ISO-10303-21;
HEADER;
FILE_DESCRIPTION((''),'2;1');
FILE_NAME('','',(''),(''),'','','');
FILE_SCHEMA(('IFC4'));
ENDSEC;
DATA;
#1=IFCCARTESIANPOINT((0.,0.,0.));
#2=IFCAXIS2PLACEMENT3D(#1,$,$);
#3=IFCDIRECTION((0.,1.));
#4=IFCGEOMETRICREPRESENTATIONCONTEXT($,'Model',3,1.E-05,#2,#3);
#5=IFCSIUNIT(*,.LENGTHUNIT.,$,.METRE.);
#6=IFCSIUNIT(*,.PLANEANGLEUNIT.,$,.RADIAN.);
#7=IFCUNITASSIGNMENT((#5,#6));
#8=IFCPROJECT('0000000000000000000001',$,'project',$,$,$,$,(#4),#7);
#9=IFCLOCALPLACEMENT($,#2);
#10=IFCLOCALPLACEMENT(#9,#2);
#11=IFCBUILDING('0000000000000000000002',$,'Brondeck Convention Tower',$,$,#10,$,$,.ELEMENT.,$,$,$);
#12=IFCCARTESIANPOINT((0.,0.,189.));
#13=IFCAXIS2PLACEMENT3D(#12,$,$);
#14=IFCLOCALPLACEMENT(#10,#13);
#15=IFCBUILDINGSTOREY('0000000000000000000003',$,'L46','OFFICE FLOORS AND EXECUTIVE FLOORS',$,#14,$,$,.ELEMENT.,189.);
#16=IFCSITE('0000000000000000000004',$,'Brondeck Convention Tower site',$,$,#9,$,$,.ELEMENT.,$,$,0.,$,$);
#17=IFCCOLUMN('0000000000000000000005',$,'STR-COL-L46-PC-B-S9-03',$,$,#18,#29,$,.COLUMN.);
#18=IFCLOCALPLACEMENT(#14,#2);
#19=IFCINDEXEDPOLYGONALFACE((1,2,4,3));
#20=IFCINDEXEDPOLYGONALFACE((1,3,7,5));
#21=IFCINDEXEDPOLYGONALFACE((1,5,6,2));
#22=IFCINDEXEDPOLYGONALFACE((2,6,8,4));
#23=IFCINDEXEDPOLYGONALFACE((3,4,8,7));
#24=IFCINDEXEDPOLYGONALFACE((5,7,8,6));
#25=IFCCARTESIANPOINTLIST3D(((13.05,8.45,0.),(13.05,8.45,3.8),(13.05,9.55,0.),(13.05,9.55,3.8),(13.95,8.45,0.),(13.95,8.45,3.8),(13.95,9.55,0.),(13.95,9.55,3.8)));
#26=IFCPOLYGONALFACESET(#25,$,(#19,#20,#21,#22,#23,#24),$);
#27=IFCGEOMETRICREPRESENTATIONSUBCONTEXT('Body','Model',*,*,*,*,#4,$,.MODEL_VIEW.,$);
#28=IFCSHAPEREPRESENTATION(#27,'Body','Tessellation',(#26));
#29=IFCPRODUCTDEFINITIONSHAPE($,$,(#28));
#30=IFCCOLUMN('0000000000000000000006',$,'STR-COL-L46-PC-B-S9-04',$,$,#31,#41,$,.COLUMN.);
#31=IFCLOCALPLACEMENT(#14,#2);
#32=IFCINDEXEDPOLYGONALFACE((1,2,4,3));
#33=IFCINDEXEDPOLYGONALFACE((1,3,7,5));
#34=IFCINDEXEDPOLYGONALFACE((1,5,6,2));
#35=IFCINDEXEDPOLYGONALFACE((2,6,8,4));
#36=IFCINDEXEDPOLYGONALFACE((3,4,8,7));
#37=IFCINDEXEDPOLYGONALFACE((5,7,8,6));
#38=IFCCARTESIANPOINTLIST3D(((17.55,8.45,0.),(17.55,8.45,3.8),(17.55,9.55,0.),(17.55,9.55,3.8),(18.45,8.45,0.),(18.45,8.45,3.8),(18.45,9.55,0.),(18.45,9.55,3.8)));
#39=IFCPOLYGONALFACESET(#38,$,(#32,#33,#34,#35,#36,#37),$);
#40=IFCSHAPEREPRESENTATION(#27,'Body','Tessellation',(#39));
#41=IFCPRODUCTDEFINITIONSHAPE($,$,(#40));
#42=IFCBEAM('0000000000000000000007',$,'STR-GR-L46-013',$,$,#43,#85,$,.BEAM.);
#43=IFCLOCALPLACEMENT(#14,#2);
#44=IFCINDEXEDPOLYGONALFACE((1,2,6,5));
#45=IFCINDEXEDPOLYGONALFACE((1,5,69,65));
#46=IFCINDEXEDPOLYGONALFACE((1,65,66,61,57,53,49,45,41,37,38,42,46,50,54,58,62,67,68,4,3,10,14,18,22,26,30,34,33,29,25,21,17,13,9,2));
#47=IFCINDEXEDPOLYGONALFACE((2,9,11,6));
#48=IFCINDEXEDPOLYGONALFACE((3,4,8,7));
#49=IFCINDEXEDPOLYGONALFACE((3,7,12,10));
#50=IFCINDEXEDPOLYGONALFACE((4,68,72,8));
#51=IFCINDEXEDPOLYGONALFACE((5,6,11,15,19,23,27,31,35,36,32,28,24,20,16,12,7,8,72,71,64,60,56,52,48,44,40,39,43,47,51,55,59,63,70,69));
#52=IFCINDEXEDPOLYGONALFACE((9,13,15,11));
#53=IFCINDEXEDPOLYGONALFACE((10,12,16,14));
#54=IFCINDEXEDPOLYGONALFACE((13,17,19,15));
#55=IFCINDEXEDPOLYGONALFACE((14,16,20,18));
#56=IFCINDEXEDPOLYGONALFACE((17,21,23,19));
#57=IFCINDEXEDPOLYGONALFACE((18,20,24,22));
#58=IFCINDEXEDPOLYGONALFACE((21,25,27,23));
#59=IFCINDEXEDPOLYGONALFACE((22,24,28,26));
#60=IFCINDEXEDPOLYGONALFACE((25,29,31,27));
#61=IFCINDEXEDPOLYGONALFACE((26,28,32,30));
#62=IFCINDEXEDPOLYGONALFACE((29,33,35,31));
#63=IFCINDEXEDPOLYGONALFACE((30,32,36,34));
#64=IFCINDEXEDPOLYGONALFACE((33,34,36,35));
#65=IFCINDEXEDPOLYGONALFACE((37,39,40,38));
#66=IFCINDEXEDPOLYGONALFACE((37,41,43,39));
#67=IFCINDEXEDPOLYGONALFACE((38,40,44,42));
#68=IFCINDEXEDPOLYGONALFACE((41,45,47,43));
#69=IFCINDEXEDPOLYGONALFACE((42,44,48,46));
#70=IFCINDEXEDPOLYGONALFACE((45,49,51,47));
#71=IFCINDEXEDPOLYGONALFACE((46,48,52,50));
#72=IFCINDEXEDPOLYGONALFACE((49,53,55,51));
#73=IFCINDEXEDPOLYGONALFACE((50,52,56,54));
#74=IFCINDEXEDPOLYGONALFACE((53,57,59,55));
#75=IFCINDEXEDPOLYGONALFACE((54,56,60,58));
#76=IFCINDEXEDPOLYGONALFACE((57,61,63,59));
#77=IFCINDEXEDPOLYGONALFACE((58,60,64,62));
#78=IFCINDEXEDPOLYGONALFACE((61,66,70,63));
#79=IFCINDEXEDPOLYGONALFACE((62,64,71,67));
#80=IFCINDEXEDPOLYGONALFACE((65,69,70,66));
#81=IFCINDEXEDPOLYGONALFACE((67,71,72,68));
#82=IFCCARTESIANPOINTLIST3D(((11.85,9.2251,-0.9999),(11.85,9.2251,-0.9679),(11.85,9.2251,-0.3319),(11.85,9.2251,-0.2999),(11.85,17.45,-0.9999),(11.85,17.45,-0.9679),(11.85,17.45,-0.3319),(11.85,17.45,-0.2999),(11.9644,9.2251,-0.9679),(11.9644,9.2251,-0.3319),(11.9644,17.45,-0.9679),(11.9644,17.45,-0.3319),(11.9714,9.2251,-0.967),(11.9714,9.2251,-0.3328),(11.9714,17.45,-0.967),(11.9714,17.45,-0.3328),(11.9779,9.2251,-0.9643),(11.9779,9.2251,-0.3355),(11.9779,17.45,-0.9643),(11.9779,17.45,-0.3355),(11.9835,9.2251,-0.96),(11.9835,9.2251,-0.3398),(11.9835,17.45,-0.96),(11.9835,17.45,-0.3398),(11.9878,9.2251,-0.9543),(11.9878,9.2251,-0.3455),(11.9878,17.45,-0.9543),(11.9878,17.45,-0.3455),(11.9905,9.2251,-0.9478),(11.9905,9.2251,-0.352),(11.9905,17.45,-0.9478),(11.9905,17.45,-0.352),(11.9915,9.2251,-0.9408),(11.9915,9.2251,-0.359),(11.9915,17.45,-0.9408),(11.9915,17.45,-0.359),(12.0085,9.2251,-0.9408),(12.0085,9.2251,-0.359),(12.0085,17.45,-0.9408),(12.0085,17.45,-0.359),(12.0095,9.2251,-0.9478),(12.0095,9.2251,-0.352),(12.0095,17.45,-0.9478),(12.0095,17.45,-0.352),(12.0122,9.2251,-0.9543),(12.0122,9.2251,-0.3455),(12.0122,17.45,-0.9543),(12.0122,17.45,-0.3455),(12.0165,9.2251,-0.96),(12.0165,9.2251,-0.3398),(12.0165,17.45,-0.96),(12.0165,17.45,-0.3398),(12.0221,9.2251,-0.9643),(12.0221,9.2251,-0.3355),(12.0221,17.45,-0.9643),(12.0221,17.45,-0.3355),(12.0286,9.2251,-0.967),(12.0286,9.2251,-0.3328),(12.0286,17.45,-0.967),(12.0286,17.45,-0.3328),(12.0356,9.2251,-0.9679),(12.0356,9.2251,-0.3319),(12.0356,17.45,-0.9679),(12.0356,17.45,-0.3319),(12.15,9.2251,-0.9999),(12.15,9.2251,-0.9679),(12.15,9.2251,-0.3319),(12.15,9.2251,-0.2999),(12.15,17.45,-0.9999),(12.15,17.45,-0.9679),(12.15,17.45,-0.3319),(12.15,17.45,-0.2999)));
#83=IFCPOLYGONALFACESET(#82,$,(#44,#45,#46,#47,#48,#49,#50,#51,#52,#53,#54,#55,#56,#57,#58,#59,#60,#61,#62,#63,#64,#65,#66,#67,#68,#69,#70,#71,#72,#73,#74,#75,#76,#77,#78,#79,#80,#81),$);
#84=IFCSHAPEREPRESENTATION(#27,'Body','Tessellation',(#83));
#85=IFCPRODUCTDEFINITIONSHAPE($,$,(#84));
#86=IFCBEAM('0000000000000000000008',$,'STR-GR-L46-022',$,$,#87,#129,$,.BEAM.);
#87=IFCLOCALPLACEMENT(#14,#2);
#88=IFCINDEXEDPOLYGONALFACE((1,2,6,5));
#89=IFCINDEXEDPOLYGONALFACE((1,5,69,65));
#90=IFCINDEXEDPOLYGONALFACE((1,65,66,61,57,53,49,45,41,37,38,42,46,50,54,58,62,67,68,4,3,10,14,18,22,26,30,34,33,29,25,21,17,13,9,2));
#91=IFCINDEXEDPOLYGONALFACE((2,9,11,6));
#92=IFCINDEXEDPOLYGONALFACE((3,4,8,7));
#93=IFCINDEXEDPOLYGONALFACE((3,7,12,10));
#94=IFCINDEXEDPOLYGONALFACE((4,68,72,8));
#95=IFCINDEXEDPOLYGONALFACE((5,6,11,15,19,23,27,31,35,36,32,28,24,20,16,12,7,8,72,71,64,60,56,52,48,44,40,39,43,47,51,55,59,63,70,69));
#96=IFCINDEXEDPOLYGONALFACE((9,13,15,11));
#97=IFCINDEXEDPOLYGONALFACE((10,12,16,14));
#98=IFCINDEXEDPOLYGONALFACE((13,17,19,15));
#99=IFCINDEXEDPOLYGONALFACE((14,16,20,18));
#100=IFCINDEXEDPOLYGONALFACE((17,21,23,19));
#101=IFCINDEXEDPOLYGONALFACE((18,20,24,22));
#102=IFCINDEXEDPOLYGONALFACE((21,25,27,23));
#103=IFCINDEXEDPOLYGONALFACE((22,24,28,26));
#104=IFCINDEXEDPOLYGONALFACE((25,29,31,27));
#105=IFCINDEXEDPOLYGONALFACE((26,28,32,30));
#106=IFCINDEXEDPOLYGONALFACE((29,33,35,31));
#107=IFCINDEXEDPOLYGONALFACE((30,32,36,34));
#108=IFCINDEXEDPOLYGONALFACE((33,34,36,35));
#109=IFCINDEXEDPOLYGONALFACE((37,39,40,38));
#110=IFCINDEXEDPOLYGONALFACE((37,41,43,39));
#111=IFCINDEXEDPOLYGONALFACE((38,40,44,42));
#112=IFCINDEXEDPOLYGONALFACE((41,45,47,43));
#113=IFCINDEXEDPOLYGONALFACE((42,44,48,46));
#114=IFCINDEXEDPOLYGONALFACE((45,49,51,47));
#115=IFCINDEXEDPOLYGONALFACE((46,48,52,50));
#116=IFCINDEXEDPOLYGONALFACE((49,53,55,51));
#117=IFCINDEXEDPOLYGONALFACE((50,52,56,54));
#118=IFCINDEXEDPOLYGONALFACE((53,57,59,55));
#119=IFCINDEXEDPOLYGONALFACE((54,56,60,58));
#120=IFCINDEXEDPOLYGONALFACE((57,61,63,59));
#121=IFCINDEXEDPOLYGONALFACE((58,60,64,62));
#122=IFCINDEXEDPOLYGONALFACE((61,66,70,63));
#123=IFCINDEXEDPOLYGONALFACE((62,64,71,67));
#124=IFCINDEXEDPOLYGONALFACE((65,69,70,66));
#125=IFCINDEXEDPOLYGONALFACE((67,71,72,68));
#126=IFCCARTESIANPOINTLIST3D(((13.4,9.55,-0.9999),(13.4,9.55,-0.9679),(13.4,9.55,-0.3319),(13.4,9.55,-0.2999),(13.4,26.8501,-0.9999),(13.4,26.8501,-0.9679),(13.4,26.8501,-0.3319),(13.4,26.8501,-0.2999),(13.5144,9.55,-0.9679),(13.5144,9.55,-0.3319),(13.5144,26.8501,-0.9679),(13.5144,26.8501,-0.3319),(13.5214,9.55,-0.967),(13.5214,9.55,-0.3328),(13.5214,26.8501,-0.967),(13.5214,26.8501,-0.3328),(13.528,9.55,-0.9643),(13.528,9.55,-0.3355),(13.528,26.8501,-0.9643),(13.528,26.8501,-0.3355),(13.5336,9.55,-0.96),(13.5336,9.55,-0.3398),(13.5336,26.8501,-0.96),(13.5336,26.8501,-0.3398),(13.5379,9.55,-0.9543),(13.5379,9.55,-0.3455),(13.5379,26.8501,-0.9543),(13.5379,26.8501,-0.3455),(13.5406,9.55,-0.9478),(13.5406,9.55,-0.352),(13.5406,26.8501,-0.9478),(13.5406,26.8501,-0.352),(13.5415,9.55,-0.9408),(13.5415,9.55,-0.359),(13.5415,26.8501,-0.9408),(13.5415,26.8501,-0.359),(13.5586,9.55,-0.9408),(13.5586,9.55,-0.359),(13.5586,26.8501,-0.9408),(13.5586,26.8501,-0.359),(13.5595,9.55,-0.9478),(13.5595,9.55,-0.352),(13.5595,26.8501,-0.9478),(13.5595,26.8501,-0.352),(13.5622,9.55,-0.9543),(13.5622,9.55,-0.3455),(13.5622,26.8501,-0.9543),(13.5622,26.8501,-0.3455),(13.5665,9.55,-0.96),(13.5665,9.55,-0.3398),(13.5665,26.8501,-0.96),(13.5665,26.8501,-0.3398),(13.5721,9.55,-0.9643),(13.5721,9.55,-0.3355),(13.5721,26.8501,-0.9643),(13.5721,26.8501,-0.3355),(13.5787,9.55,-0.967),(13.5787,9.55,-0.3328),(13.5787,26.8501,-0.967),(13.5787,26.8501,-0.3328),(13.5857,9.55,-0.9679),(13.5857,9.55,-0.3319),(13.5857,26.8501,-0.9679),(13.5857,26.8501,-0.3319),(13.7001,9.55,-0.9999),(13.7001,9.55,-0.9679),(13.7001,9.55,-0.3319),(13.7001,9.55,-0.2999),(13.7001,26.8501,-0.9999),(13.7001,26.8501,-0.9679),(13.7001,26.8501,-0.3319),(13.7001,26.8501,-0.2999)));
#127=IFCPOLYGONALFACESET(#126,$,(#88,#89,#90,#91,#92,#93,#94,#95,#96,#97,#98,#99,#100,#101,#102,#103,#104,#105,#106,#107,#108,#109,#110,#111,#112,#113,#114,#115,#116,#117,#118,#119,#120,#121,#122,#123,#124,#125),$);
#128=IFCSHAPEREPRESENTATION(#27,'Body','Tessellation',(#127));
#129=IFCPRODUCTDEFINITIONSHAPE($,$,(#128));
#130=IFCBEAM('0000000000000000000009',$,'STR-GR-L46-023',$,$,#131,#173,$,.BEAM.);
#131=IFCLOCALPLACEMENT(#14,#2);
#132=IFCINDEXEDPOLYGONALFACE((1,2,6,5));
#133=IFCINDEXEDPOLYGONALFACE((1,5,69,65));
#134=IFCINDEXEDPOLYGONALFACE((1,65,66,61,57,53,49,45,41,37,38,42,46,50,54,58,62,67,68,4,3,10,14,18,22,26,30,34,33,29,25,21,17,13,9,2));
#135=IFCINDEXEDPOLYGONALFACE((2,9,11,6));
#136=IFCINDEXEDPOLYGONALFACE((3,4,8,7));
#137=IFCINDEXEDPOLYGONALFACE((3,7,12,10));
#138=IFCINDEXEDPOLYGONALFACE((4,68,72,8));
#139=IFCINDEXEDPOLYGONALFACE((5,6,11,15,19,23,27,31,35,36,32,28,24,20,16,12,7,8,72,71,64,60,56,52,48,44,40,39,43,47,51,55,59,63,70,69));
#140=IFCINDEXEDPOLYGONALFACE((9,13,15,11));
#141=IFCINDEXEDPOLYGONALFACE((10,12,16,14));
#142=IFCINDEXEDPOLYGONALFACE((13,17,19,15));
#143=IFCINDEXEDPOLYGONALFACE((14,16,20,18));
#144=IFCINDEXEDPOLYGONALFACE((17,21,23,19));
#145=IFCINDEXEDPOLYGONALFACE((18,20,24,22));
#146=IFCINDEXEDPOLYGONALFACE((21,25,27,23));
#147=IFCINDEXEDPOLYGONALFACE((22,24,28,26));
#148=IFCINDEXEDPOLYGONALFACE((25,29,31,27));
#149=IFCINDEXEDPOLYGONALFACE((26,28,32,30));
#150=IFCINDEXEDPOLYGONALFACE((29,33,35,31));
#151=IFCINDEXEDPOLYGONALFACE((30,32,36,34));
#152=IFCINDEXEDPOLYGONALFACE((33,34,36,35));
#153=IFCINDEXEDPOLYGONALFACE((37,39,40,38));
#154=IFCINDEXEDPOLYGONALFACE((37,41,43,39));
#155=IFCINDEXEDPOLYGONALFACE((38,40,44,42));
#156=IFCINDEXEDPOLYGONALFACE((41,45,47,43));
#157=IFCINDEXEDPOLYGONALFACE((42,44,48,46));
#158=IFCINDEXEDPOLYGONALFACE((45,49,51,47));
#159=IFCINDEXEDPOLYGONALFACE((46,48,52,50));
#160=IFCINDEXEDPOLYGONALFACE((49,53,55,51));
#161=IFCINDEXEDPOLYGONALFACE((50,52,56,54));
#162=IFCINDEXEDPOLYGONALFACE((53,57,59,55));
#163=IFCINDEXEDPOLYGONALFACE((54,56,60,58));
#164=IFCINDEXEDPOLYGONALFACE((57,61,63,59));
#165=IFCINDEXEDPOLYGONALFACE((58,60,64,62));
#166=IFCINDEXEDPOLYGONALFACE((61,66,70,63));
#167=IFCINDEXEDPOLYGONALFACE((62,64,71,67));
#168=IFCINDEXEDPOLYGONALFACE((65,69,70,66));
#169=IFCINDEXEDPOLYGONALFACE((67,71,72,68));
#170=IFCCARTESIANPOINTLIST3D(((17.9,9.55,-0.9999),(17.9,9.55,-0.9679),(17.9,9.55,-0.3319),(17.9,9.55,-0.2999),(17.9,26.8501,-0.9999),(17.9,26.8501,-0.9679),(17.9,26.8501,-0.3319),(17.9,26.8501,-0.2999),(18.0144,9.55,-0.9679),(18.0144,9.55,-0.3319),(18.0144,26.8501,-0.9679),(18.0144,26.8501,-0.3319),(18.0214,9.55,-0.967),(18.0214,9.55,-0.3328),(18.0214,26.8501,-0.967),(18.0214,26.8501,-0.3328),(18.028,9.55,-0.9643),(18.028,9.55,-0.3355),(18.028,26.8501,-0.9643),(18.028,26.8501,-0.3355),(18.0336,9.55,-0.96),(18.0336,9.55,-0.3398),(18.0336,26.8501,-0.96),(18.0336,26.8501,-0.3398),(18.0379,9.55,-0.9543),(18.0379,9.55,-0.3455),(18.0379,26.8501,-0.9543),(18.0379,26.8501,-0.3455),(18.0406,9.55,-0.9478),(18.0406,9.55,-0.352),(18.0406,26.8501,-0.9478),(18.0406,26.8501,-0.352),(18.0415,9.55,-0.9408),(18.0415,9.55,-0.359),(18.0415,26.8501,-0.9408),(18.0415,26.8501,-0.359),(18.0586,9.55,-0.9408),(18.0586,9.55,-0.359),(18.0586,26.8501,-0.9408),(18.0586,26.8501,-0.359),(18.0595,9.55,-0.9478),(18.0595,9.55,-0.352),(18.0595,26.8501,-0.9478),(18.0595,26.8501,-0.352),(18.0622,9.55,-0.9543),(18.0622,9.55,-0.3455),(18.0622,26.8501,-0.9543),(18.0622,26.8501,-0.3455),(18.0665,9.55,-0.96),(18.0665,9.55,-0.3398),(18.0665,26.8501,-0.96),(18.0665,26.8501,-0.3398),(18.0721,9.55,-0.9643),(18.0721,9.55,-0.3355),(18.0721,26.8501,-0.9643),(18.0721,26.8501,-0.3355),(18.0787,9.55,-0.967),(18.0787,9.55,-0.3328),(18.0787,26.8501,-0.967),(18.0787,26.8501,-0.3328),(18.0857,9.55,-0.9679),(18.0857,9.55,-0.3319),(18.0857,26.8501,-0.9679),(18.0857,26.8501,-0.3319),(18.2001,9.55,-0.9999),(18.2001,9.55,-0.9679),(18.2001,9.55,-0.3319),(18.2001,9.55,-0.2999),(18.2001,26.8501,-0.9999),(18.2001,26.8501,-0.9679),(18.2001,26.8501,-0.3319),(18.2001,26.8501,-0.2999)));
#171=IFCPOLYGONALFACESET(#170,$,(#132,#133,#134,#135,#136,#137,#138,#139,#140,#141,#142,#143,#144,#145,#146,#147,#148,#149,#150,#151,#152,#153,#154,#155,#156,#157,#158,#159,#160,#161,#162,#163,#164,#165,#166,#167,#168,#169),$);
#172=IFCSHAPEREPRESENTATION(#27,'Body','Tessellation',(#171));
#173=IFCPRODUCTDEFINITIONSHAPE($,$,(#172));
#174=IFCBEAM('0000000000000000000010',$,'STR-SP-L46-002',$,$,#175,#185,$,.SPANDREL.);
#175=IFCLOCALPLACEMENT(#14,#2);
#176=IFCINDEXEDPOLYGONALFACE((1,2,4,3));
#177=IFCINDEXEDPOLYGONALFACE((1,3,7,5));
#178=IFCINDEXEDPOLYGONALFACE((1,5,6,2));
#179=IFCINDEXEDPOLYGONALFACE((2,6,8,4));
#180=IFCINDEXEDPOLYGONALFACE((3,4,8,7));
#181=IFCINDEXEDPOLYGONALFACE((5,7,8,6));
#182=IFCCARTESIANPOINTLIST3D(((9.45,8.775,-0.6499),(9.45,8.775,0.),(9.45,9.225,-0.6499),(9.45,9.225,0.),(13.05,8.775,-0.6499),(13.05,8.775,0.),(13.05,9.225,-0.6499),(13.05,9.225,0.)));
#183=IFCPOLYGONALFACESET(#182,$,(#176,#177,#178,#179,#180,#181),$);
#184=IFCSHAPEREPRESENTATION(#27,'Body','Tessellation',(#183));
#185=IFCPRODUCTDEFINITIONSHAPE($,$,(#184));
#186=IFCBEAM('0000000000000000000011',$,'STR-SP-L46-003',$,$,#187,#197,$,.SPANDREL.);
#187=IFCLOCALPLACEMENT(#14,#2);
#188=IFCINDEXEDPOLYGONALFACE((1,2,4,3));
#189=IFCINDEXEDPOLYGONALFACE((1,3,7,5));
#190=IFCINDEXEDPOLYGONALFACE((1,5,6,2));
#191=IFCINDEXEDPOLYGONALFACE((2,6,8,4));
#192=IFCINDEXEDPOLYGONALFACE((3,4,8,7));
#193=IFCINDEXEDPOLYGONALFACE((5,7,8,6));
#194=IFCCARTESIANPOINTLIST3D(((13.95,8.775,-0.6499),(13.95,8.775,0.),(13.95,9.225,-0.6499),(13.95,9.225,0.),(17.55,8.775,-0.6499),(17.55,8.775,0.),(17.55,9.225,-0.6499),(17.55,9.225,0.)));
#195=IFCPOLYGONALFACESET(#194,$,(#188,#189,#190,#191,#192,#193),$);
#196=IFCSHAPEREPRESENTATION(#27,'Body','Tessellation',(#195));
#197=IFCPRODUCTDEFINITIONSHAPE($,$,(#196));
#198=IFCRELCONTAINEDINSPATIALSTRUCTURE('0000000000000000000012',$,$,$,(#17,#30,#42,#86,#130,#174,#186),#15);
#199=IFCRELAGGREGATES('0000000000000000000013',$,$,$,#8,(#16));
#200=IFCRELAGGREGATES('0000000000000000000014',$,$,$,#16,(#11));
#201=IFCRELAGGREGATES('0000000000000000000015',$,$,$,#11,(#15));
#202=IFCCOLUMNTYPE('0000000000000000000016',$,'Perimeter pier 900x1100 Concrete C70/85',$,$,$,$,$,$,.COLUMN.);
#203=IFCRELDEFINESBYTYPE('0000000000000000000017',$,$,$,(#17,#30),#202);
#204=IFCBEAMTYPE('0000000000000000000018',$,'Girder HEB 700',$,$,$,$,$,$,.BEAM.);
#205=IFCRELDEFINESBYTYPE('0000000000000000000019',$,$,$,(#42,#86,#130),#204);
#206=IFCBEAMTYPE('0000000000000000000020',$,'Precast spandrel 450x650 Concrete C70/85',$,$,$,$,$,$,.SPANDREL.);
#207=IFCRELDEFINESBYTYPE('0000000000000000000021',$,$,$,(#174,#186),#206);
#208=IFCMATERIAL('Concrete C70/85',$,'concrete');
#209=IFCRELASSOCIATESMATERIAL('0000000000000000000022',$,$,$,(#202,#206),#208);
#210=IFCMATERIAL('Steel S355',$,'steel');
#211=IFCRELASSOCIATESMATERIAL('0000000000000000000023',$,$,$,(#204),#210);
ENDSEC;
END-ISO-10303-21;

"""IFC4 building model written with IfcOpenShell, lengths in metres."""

from ifc_helpers import new_model, si_unit, direction, frame, origin, origin_2d, place, context, subcontext, project, spatial, rectangle, i_section, extrude, material, material_profile, profile_set, type_object, element, save


model = new_model("IFC4")

# Units and contexts
model_context = context("Model", 3, precision=1e-05, world=origin(), true_north=direction((0.0, 1.0)))
body_context = subcontext(model_context, "Body", "Model", "MODEL_VIEW")
ifc_project = project(units=[si_unit("LENGTHUNIT", "METRE"), si_unit("PLANEANGLEUNIT", "RADIAN")], contexts=[model_context])

# Site, building, storey
site_placement = place(None, origin())
site = spatial("IfcSite", under=ifc_project, at=site_placement, Name="Brondeck Convention Tower site", CompositionType="ELEMENT", RefElevation=0.0)
building_placement = place(site_placement, origin())
building = spatial("IfcBuilding", under=site, at=building_placement, Name="Brondeck Convention Tower", CompositionType="ELEMENT")
storey_placement = place(building_placement, frame((0.0, 0.0, 189.0)))
storey = spatial("IfcBuildingStorey", under=building, at=storey_placement, Name="L46", Description="OFFICE FLOORS AND EXECUTIVE FLOORS", CompositionType="ELEMENT", Elevation=189.0)

# Columns
ifc_material_1 = material(Name="Concrete C70/85", Category="concrete")
ifc_material_profile_1 = material_profile(ifc_material_1, rectangle(XDim=0.8999, YDim=1.1001, at=origin_2d()), Name="Perimeter pier 900x1100 Concrete C70/85")
ifc_profile_set_1 = profile_set([ifc_material_profile_1], Name="Concrete C70/85")
column_type = type_object("IfcColumnType", Name="Perimeter pier 900x1100 Concrete C70/85", PredefinedType="COLUMN", material=ifc_profile_set_1)
for number, where, z_axis, x_axis, name in (
    (1, (13.5, 9.0, 0.0), (0.0, 0.0, 1.0), (1.0, 0.0, 0.0), "STR-COL-L46-PC-B-S9-03"),
    (2, (18.0, 9.0, 0.0), (0.0, 0.0, 1.0), (1.0, 0.0, 0.0), "STR-COL-L46-PC-B-S9-04"),
):
    element("IfcColumn", number, at=place(storey_placement, frame(where, z_axis=z_axis, x_axis=x_axis)), inside=storey, type_object=column_type, Name=name, PredefinedType="COLUMN", context=body_context, shape_type="SweptSolid", body=[
        extrude(rectangle(XDim=0.8999, YDim=1.1001, at=origin_2d()), origin(), (0.0, 0.0, 1.0), 3.8),
    ])

# Beams
ifc_material_2 = material(Name="Steel S355", Category="steel")
ifc_material_profile_2 = material_profile(ifc_material_2, i_section(OverallWidth=0.3, OverallDepth=0.7, WebThickness=0.0171, FlangeThickness=0.032, FilletRadius=0.0271, at=origin_2d()), Name="HEB 700")
ifc_profile_set_2 = profile_set([ifc_material_profile_2], Name="Steel S355")
beam_type_1 = type_object("IfcBeamType", Name="Girder HEB 700", PredefinedType="BEAM", material=ifc_profile_set_2)
beam_placement = place(storey_placement, frame((12.0, 17.45, -0.6499), z_axis=(0.0, -1.0, 0.0), x_axis=(1.0, 0.0, 0.0)))
element("IfcBeam", 3, at=beam_placement, inside=storey, type_object=beam_type_1, Name="STR-GR-L46-013", PredefinedType="BEAM", context=body_context, shape_type="SweptSolid", body=[
    extrude(i_section(OverallWidth=0.3, OverallDepth=0.7, WebThickness=0.0171, FlangeThickness=0.032, FilletRadius=0.0271, at=origin_2d()), origin(), (0.0, 0.0, 1.0), 8.2249),
])
for number, where, z_axis, x_axis, name in (
    (4, (13.55, 9.55, -0.6499), (0.0, 1.0, 0.0), (-1.0, 0.0, 0.0), "STR-GR-L46-022"),
    (5, (18.05, 9.55, -0.6499), (0.0, 1.0, 0.0), (-1.0, 0.0, 0.0), "STR-GR-L46-023"),
):
    element("IfcBeam", number, at=place(storey_placement, frame(where, z_axis=z_axis, x_axis=x_axis)), inside=storey, type_object=beam_type_1, Name=name, PredefinedType="BEAM", context=body_context, shape_type="SweptSolid", body=[
        extrude(i_section(OverallWidth=0.3, OverallDepth=0.7, WebThickness=0.0171, FlangeThickness=0.032, FilletRadius=0.0271, at=origin_2d()), origin(), (0.0, 0.0, 1.0), 17.3),
    ])
ifc_material_profile_3 = material_profile(ifc_material_1, rectangle(XDim=0.45, YDim=0.6499, at=origin_2d()), Name="Precast spandrel 450x650 Concrete C70/85")
ifc_profile_set_3 = profile_set([ifc_material_profile_3], Name="Concrete C70/85")
beam_type_2 = type_object("IfcBeamType", Name="Precast spandrel 450x650 Concrete C70/85", PredefinedType="SPANDREL", material=ifc_profile_set_3)
for number, where, z_axis, x_axis, name in (
    (6, (9.45, 9.0, -0.325), (1.0, 0.0, 0.0), (0.0, 1.0, 0.0), "STR-SP-L46-002"),
    (7, (13.95, 9.0, -0.325), (1.0, 0.0, 0.0), (0.0, 1.0, 0.0), "STR-SP-L46-003"),
):
    element("IfcBeam", number, at=place(storey_placement, frame(where, z_axis=z_axis, x_axis=x_axis)), inside=storey, type_object=beam_type_2, Name=name, PredefinedType="SPANDREL", context=body_context, shape_type="SweptSolid", body=[
        extrude(rectangle(XDim=0.45, YDim=0.6499, at=origin_2d()), origin(), (0.0, 0.0, 1.0), 3.6001),
    ])

save(model, "model.ifc")
